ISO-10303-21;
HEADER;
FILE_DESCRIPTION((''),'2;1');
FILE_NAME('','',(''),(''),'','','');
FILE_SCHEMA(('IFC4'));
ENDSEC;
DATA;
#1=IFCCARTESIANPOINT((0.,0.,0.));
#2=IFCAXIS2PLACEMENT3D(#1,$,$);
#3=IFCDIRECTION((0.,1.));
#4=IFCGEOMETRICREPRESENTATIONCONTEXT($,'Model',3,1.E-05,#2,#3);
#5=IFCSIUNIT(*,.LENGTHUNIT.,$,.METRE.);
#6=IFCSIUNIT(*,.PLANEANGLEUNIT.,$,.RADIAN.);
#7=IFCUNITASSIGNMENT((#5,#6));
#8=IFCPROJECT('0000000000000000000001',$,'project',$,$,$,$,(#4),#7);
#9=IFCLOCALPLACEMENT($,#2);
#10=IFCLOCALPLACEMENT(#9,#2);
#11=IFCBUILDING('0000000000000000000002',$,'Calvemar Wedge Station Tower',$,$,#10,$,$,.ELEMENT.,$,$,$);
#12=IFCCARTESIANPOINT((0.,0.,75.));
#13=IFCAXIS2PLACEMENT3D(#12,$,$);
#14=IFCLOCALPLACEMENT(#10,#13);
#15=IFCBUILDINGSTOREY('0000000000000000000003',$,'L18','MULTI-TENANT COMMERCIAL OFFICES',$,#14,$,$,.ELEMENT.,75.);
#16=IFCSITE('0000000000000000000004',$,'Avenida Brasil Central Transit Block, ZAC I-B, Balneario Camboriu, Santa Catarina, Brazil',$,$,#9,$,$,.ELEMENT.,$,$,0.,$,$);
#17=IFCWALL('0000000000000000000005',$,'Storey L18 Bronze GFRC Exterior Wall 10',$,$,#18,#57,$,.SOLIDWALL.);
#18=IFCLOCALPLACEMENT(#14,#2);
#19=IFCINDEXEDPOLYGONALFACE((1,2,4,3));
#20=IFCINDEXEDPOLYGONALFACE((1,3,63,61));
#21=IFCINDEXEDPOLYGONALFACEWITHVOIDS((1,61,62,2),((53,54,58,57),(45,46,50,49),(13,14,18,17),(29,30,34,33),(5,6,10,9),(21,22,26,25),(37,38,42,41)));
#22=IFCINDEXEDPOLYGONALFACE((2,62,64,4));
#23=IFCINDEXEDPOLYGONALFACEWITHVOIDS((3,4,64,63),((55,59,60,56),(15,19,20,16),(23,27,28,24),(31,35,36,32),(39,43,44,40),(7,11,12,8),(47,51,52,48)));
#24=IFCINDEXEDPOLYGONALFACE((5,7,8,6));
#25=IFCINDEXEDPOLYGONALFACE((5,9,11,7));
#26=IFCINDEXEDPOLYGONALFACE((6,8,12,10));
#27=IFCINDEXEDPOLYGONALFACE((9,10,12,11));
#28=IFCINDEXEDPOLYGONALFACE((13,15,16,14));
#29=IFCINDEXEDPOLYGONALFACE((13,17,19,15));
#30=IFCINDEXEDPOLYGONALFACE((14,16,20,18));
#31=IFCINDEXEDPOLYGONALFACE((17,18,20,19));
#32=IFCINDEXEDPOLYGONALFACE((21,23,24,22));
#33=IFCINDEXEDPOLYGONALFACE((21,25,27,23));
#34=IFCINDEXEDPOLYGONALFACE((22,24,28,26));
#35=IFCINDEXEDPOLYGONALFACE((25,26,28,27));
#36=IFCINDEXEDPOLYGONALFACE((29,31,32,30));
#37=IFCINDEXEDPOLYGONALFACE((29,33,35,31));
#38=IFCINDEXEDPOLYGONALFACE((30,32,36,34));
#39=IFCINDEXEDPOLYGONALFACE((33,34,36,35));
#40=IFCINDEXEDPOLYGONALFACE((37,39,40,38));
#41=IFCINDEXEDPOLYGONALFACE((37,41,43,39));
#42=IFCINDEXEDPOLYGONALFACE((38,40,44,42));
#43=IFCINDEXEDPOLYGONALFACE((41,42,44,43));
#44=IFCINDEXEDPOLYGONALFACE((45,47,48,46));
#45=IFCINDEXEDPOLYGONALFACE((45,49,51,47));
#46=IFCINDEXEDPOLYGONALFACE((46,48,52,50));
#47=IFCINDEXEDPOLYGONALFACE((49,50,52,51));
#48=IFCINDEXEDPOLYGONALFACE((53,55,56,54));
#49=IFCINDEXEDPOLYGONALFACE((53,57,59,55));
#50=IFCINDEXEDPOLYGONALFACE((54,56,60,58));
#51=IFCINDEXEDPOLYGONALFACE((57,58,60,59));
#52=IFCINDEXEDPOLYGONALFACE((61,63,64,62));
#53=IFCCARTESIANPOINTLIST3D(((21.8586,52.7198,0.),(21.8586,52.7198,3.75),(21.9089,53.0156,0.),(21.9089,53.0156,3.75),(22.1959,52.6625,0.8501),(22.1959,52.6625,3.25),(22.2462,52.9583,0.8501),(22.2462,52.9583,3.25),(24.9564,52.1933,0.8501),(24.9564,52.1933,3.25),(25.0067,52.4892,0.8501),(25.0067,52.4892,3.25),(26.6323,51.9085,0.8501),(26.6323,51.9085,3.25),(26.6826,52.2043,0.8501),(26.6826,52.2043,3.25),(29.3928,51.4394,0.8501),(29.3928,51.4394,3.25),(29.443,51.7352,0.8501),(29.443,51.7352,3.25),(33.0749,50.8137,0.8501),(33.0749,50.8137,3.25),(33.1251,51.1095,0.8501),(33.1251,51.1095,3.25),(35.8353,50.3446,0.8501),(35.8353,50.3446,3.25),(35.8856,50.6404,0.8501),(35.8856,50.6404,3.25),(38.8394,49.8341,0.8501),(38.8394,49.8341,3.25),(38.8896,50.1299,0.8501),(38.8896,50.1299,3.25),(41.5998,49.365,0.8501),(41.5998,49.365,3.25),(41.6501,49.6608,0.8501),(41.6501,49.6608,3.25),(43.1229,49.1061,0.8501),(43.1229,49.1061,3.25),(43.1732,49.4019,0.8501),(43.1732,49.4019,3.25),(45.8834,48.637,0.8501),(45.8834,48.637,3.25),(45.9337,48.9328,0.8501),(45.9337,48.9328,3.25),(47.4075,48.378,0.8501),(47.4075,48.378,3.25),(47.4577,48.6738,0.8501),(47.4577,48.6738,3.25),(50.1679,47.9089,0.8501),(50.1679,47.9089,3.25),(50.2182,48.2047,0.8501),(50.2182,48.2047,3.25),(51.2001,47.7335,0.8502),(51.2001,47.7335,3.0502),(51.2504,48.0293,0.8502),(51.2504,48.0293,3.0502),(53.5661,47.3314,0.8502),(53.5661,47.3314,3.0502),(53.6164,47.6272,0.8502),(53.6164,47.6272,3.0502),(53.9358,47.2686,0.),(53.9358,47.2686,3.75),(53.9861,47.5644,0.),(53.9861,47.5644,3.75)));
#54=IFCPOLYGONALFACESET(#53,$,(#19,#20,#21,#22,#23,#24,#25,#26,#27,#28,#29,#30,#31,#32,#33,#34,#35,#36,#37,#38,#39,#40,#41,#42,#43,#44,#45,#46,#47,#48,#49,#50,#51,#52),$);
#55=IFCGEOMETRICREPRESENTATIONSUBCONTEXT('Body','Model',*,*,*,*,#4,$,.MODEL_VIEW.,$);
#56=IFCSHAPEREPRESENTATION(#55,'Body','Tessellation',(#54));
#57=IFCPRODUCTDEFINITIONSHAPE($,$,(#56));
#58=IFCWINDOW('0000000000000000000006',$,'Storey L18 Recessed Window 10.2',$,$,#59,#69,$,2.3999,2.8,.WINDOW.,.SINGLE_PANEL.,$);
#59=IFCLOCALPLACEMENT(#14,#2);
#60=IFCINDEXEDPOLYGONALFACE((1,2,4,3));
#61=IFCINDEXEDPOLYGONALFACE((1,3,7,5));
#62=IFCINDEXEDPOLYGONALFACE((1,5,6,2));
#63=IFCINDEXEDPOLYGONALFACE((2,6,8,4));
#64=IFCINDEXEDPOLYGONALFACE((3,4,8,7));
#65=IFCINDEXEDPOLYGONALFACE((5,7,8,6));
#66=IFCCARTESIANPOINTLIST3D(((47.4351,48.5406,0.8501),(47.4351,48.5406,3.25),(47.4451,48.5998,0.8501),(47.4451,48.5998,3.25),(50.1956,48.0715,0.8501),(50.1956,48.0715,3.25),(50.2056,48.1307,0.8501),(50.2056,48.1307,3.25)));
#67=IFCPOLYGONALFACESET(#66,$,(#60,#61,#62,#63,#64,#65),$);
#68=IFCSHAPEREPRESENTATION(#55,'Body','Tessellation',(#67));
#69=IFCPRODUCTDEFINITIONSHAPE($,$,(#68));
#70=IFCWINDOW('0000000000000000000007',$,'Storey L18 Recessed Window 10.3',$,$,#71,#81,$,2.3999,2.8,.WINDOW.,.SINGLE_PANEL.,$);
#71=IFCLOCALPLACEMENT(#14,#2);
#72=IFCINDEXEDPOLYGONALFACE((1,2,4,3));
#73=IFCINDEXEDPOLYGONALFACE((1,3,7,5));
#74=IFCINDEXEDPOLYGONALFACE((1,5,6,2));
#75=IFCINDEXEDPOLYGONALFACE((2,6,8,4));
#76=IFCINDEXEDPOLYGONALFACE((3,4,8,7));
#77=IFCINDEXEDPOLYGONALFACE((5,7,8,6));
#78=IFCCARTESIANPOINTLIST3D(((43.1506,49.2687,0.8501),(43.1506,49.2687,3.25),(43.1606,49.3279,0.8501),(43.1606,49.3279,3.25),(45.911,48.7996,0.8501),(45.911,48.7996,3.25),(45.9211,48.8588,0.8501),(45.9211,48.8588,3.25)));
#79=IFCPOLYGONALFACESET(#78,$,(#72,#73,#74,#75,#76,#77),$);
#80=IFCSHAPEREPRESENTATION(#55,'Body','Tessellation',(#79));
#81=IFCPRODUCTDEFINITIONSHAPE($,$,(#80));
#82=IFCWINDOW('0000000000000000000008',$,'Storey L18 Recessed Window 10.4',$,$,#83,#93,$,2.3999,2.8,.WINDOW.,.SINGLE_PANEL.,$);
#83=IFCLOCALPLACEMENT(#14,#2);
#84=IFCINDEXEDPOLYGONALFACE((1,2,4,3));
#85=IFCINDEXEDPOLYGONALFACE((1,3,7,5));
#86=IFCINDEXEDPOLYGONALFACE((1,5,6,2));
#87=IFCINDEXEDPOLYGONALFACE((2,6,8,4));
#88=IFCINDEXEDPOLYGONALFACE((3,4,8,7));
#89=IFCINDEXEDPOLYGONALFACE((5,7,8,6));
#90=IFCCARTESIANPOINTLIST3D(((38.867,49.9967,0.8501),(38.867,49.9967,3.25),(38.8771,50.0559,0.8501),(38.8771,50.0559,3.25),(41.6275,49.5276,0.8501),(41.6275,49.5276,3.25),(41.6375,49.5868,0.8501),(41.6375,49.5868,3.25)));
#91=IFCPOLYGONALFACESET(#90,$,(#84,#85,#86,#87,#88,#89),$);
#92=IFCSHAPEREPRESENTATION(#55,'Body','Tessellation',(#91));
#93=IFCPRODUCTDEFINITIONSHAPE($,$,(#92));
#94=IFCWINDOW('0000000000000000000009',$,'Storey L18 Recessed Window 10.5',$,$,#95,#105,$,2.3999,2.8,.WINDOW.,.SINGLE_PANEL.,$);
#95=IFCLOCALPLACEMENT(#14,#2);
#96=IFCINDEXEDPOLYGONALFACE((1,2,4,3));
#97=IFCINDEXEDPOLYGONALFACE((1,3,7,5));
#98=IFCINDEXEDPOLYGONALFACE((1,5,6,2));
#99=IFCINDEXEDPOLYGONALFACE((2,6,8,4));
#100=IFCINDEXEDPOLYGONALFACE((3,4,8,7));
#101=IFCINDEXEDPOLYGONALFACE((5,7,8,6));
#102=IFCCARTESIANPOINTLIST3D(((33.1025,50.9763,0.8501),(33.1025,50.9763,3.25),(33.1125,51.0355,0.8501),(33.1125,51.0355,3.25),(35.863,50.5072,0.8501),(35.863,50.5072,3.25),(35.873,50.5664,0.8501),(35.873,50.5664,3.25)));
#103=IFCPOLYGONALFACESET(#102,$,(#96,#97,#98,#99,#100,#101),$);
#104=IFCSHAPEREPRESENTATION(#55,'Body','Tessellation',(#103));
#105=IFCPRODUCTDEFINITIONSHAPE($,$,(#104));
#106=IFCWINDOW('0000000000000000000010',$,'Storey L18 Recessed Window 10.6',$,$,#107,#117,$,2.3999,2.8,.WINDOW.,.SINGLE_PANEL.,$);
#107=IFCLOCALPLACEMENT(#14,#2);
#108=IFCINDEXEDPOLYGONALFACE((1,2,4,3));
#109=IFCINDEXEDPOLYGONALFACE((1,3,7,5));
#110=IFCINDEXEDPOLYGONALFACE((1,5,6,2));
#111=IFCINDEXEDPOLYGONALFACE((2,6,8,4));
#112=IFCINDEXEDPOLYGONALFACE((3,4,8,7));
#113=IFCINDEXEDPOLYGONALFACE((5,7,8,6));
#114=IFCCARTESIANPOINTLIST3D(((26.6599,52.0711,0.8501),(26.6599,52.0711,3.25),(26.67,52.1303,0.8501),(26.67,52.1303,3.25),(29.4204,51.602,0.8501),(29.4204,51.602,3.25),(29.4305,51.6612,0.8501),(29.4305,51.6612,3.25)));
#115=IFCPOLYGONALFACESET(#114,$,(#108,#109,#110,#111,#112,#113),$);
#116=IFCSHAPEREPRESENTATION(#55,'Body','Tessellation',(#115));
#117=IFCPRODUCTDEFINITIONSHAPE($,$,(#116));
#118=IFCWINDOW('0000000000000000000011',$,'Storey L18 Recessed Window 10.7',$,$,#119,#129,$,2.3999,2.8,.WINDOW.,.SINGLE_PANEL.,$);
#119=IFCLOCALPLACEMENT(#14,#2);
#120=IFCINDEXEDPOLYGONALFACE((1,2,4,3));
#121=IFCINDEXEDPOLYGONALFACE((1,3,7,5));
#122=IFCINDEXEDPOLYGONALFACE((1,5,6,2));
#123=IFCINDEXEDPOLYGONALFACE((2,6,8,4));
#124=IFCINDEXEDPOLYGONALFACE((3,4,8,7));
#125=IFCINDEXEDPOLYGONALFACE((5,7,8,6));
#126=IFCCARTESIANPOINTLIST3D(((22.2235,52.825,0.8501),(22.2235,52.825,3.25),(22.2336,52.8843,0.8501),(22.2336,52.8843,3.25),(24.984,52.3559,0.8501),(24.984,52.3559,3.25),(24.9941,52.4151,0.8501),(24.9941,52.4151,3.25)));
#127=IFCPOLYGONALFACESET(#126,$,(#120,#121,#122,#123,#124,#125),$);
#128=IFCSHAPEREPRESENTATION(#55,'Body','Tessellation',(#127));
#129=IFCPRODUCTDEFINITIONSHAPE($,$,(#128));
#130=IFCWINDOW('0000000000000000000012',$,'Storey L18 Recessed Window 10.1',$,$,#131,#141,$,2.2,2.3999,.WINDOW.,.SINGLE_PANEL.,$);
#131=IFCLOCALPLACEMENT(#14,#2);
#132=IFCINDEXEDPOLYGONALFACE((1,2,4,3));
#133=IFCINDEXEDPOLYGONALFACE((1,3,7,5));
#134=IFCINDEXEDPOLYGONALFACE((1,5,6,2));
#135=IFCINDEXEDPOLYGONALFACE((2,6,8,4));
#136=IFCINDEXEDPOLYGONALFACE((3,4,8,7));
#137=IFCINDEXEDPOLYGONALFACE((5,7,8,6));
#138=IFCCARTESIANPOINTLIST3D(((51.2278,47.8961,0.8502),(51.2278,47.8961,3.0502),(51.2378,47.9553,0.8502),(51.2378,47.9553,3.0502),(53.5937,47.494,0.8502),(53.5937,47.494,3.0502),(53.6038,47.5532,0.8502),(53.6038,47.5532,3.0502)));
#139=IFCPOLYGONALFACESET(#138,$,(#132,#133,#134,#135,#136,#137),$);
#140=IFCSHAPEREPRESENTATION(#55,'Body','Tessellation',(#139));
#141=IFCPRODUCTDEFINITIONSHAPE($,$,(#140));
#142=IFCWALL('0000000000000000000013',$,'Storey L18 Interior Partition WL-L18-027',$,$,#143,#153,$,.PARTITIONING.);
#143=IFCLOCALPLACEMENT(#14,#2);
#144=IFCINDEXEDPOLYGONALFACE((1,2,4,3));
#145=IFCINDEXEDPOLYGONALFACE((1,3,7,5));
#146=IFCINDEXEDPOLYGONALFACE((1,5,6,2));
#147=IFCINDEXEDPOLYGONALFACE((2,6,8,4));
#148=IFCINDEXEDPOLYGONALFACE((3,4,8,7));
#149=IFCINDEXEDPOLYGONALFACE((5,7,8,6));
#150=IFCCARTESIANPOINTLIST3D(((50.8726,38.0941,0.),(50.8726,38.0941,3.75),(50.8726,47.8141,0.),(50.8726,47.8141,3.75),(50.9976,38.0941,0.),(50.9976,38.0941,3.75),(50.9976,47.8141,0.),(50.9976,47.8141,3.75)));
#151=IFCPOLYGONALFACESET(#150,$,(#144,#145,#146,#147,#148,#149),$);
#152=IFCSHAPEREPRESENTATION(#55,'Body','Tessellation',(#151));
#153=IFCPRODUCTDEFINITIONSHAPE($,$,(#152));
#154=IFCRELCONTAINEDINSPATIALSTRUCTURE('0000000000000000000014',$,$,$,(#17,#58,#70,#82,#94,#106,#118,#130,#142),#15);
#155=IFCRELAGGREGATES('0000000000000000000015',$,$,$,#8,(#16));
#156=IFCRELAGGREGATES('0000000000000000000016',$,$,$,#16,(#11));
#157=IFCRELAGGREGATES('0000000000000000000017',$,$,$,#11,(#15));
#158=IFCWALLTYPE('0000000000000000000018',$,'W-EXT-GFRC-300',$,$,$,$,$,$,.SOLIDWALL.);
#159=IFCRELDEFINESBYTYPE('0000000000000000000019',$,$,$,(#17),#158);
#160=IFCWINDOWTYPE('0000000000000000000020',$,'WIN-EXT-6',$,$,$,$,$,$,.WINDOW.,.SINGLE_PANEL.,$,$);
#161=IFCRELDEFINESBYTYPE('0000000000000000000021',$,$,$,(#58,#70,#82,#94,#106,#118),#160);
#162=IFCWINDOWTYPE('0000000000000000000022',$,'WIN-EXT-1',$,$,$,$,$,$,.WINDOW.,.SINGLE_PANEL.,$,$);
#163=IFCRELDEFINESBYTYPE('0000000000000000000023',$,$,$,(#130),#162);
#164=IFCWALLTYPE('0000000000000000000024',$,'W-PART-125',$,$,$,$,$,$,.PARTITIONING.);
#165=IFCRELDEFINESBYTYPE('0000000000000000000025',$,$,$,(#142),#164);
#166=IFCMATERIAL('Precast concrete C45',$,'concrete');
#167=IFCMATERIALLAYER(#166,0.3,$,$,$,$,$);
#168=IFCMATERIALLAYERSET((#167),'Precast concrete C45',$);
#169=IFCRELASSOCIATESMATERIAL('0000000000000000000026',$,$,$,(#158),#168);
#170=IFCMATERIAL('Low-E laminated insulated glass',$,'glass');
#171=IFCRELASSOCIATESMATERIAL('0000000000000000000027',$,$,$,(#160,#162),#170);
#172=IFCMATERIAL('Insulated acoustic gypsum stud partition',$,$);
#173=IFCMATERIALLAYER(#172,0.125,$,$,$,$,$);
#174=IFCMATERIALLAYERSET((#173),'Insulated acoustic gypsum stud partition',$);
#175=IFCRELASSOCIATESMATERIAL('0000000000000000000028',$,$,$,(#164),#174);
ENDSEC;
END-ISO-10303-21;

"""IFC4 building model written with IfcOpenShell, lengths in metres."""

from ifc_helpers import new_model, si_unit, direction, frame, frame_2d, origin, place, context, subcontext, project, spatial, rectangle, extrude, source, transform, mapped, material, layer, layer_set, type_object, element, fill, save


model = new_model("IFC4")

# Units and contexts
model_context = context("Model", 3, precision=1e-05, world=origin(), true_north=direction((0.0, 1.0)))
body_context = subcontext(model_context, "Body", "Model", "MODEL_VIEW")
ifc_project = project(units=[si_unit("LENGTHUNIT", "METRE"), si_unit("PLANEANGLEUNIT", "RADIAN")], contexts=[model_context])

# Site, building, storey
site_placement = place(None, origin())
site = spatial("IfcSite", under=ifc_project, at=site_placement, Name="Avenida Brasil Central Transit Block, ZAC I-B, Balneario Camboriu, Santa Catarina, Brazil", CompositionType="ELEMENT", RefElevation=0.0)
building_placement = place(site_placement, origin())
building = spatial("IfcBuilding", under=site, at=building_placement, Name="Calvemar Wedge Station Tower", CompositionType="ELEMENT")
storey_placement = place(building_placement, frame((0.0, 0.0, 75.0)))
storey = spatial("IfcBuildingStorey", under=building, at=storey_placement, Name="L18", Description="MULTI-TENANT COMMERCIAL OFFICES", CompositionType="ELEMENT", Elevation=75.0)

# Shared definitions
ifc_material_1 = material(Name="Precast concrete C45", Category="concrete")
ifc_layer_1 = layer(ifc_material_1, 0.3)
ifc_layer_set_1 = layer_set([ifc_layer_1], Name="Precast concrete C45")
wall_type_1 = type_object("IfcWallType", Name="W-EXT-GFRC-300", PredefinedType="SOLIDWALL", material=ifc_layer_set_1)
ifc_material_2 = material(Name="Low-E laminated insulated glass", Category="glass")

# Wall, openings, windows
wall_1_placement = place(storey_placement, frame((53.9609, 47.4165, 0.0), z_axis=(0.0, 0.0, 1.0), x_axis=(-0.985866, 0.167537, 0.0)))
wall_1 = element("IfcWall", 1, at=wall_1_placement, inside=storey, type_object=wall_type_1, Name="Storey L18 Bronze GFRC Exterior Wall 10", PredefinedType="SOLIDWALL", context=body_context, shape_type="SweptSolid", body=[
    extrude(rectangle(XDim=32.5371, YDim=0.3, at=frame_2d((16.2686, 0.0))), origin(), (0.0, 0.0, 1.0), 3.75),
])
shared_shape_1 = source(origin(), body_context, "Body", "SweptSolid", [
    extrude(rectangle(XDim=2.3999, YDim=2.2, at=frame_2d((1.2, 1.1001))), frame((0.0, 0.1602, 0.0), z_axis=(0.0, -1.0, 0.0), x_axis=(1.0, 0.0, 0.0)), (0.0, 0.0, 1.0), 0.3201),
])
opening_1_placement = place(wall_1_placement, frame((0.375, 0.0, 0.8501)))
opening_1 = element("IfcOpeningElement", 2, at=opening_1_placement, cuts=wall_1, PredefinedType="OPENING", context=body_context, shape_type="MappedRepresentation", body=[
    mapped(shared_shape_1, transform((0.0, 0.0, 0.0), scale=1.0)),
])
shared_shape_2 = source(origin(), body_context, "Body", "SweptSolid", [
    extrude(rectangle(XDim=2.8, YDim=2.3999, at=frame_2d((1.3999, 1.2))), frame((0.0, 0.1602, 0.0), z_axis=(0.0, -1.0, 0.0), x_axis=(1.0, 0.0, 0.0)), (0.0, 0.0, 1.0), 0.3201),
])
opening_2_placement = place(wall_1_placement, frame((3.822, 0.0, 0.8501)))
opening_2 = element("IfcOpeningElement", 3, at=opening_2_placement, cuts=wall_1, PredefinedType="OPENING", context=body_context, shape_type="MappedRepresentation", body=[
    mapped(shared_shape_2, transform((0.0, 0.0, 0.0), scale=1.0)),
])
opening_3_placement = place(wall_1_placement, frame((8.168, 0.0, 0.8501)))
opening_3 = element("IfcOpeningElement", 4, at=opening_3_placement, cuts=wall_1, PredefinedType="OPENING", context=body_context, shape_type="MappedRepresentation", body=[
    mapped(shared_shape_2, transform((0.0, 0.0, 0.0), scale=1.0)),
])
opening_4_placement = place(wall_1_placement, frame((12.5129, 0.0, 0.8501)))
opening_4 = element("IfcOpeningElement", 5, at=opening_4_placement, cuts=wall_1, PredefinedType="OPENING", context=body_context, shape_type="MappedRepresentation", body=[
    mapped(shared_shape_2, transform((0.0, 0.0, 0.0), scale=1.0)),
])
opening_5_placement = place(wall_1_placement, frame((18.3601, 0.0, 0.8501)))
opening_5 = element("IfcOpeningElement", 6, at=opening_5_placement, cuts=wall_1, PredefinedType="OPENING", context=body_context, shape_type="MappedRepresentation", body=[
    mapped(shared_shape_2, transform((0.0, 0.0, 0.0), scale=1.0)),
])
opening_6_placement = place(wall_1_placement, frame((24.895, 0.0, 0.8501)))
opening_6 = element("IfcOpeningElement", 7, at=opening_6_placement, cuts=wall_1, PredefinedType="OPENING", context=body_context, shape_type="MappedRepresentation", body=[
    mapped(shared_shape_2, transform((0.0, 0.0, 0.0), scale=1.0)),
])
opening_7_placement = place(wall_1_placement, frame((29.395, 0.0, 0.8501)))
opening_7 = element("IfcOpeningElement", 8, at=opening_7_placement, cuts=wall_1, PredefinedType="OPENING", context=body_context, shape_type="MappedRepresentation", body=[
    mapped(shared_shape_2, transform((0.0, 0.0, 0.0), scale=1.0)),
])
window_type_1 = type_object("IfcWindowType", Name="WIN-EXT-6", PartitioningType="SINGLE_PANEL", PredefinedType="WINDOW", material=ifc_material_2)
shared_shape_3 = source(origin(), body_context, "Body", "SweptSolid", [
    extrude(rectangle(XDim=2.8, YDim=2.3999, at=frame_2d((1.3999, 1.2))), frame((0.0, -0.0149, 0.0), z_axis=(0.0, -1.0, 0.0), x_axis=(1.0, 0.0, 0.0)), (0.0, 0.0, 1.0), 0.0601),
])
window_1_placement = place(opening_2_placement, origin())
window_1 = element("IfcWindow", 9, at=window_1_placement, inside=storey, type_object=window_type_1, Name="Storey L18 Recessed Window 10.2", OverallHeight=2.3999, OverallWidth=2.8, PartitioningType="SINGLE_PANEL", PredefinedType="WINDOW", context=body_context, shape_type="MappedRepresentation", body=[
    mapped(shared_shape_3, transform((0.0, 0.0, 0.0), scale=1.0)),
])
fill(opening_2, window_1)
window_2_placement = place(opening_3_placement, origin())
window_2 = element("IfcWindow", 10, at=window_2_placement, inside=storey, type_object=window_type_1, Name="Storey L18 Recessed Window 10.3", OverallHeight=2.3999, OverallWidth=2.8, PartitioningType="SINGLE_PANEL", PredefinedType="WINDOW", context=body_context, shape_type="MappedRepresentation", body=[
    mapped(shared_shape_3, transform((0.0, 0.0, 0.0), scale=1.0)),
])
fill(opening_3, window_2)
window_3_placement = place(opening_4_placement, origin())
window_3 = element("IfcWindow", 11, at=window_3_placement, inside=storey, type_object=window_type_1, Name="Storey L18 Recessed Window 10.4", OverallHeight=2.3999, OverallWidth=2.8, PartitioningType="SINGLE_PANEL", PredefinedType="WINDOW", context=body_context, shape_type="MappedRepresentation", body=[
    mapped(shared_shape_3, transform((0.0, 0.0, 0.0), scale=1.0)),
])
fill(opening_4, window_3)
window_4_placement = place(opening_5_placement, origin())
window_4 = element("IfcWindow", 12, at=window_4_placement, inside=storey, type_object=window_type_1, Name="Storey L18 Recessed Window 10.5", OverallHeight=2.3999, OverallWidth=2.8, PartitioningType="SINGLE_PANEL", PredefinedType="WINDOW", context=body_context, shape_type="MappedRepresentation", body=[
    mapped(shared_shape_3, transform((0.0, 0.0, 0.0), scale=1.0)),
])
fill(opening_5, window_4)
window_5_placement = place(opening_6_placement, origin())
window_5 = element("IfcWindow", 13, at=window_5_placement, inside=storey, type_object=window_type_1, Name="Storey L18 Recessed Window 10.6", OverallHeight=2.3999, OverallWidth=2.8, PartitioningType="SINGLE_PANEL", PredefinedType="WINDOW", context=body_context, shape_type="MappedRepresentation", body=[
    mapped(shared_shape_3, transform((0.0, 0.0, 0.0), scale=1.0)),
])
fill(opening_6, window_5)
window_6_placement = place(opening_7_placement, origin())
window_6 = element("IfcWindow", 14, at=window_6_placement, inside=storey, type_object=window_type_1, Name="Storey L18 Recessed Window 10.7", OverallHeight=2.3999, OverallWidth=2.8, PartitioningType="SINGLE_PANEL", PredefinedType="WINDOW", context=body_context, shape_type="MappedRepresentation", body=[
    mapped(shared_shape_3, transform((0.0, 0.0, 0.0), scale=1.0)),
])
fill(opening_7, window_6)
window_type_2 = type_object("IfcWindowType", Name="WIN-EXT-1", PartitioningType="SINGLE_PANEL", PredefinedType="WINDOW", material=ifc_material_2)
shared_shape_4 = source(origin(), body_context, "Body", "SweptSolid", [
    extrude(rectangle(XDim=2.3999, YDim=2.2, at=frame_2d((1.2, 1.1001))), frame((0.0, -0.0149, 0.0), z_axis=(0.0, -1.0, 0.0), x_axis=(1.0, 0.0, 0.0)), (0.0, 0.0, 1.0), 0.0601),
])
window_7_placement = place(opening_1_placement, origin())
window_7 = element("IfcWindow", 15, at=window_7_placement, inside=storey, type_object=window_type_2, Name="Storey L18 Recessed Window 10.1", OverallHeight=2.2, OverallWidth=2.3999, PartitioningType="SINGLE_PANEL", PredefinedType="WINDOW", context=body_context, shape_type="MappedRepresentation", body=[
    mapped(shared_shape_4, transform((0.0, 0.0, 0.0), scale=1.0)),
])
fill(opening_1, window_7)

# Wall
ifc_material_3 = material(Name="Insulated acoustic gypsum stud partition")
ifc_layer_2 = layer(ifc_material_3, 0.125)
ifc_layer_set_2 = layer_set([ifc_layer_2], Name="Insulated acoustic gypsum stud partition")
wall_type_2 = type_object("IfcWallType", Name="W-PART-125", PredefinedType="PARTITIONING", material=ifc_layer_set_2)
wall_2_placement = place(storey_placement, frame((50.9351, 47.814, 0.0), z_axis=(0.0, 0.0, 1.0), x_axis=(0.0, -1.0, 0.0)))
element("IfcWall", 16, at=wall_2_placement, inside=storey, type_object=wall_type_2, Name="Storey L18 Interior Partition WL-L18-027", PredefinedType="PARTITIONING", context=body_context, shape_type="SweptSolid", body=[
    extrude(rectangle(XDim=9.72, YDim=0.125, at=frame_2d((4.8599, 0.0))), origin(), (0.0, 0.0, 1.0), 3.75),
])

save(model, "model.ifc")
